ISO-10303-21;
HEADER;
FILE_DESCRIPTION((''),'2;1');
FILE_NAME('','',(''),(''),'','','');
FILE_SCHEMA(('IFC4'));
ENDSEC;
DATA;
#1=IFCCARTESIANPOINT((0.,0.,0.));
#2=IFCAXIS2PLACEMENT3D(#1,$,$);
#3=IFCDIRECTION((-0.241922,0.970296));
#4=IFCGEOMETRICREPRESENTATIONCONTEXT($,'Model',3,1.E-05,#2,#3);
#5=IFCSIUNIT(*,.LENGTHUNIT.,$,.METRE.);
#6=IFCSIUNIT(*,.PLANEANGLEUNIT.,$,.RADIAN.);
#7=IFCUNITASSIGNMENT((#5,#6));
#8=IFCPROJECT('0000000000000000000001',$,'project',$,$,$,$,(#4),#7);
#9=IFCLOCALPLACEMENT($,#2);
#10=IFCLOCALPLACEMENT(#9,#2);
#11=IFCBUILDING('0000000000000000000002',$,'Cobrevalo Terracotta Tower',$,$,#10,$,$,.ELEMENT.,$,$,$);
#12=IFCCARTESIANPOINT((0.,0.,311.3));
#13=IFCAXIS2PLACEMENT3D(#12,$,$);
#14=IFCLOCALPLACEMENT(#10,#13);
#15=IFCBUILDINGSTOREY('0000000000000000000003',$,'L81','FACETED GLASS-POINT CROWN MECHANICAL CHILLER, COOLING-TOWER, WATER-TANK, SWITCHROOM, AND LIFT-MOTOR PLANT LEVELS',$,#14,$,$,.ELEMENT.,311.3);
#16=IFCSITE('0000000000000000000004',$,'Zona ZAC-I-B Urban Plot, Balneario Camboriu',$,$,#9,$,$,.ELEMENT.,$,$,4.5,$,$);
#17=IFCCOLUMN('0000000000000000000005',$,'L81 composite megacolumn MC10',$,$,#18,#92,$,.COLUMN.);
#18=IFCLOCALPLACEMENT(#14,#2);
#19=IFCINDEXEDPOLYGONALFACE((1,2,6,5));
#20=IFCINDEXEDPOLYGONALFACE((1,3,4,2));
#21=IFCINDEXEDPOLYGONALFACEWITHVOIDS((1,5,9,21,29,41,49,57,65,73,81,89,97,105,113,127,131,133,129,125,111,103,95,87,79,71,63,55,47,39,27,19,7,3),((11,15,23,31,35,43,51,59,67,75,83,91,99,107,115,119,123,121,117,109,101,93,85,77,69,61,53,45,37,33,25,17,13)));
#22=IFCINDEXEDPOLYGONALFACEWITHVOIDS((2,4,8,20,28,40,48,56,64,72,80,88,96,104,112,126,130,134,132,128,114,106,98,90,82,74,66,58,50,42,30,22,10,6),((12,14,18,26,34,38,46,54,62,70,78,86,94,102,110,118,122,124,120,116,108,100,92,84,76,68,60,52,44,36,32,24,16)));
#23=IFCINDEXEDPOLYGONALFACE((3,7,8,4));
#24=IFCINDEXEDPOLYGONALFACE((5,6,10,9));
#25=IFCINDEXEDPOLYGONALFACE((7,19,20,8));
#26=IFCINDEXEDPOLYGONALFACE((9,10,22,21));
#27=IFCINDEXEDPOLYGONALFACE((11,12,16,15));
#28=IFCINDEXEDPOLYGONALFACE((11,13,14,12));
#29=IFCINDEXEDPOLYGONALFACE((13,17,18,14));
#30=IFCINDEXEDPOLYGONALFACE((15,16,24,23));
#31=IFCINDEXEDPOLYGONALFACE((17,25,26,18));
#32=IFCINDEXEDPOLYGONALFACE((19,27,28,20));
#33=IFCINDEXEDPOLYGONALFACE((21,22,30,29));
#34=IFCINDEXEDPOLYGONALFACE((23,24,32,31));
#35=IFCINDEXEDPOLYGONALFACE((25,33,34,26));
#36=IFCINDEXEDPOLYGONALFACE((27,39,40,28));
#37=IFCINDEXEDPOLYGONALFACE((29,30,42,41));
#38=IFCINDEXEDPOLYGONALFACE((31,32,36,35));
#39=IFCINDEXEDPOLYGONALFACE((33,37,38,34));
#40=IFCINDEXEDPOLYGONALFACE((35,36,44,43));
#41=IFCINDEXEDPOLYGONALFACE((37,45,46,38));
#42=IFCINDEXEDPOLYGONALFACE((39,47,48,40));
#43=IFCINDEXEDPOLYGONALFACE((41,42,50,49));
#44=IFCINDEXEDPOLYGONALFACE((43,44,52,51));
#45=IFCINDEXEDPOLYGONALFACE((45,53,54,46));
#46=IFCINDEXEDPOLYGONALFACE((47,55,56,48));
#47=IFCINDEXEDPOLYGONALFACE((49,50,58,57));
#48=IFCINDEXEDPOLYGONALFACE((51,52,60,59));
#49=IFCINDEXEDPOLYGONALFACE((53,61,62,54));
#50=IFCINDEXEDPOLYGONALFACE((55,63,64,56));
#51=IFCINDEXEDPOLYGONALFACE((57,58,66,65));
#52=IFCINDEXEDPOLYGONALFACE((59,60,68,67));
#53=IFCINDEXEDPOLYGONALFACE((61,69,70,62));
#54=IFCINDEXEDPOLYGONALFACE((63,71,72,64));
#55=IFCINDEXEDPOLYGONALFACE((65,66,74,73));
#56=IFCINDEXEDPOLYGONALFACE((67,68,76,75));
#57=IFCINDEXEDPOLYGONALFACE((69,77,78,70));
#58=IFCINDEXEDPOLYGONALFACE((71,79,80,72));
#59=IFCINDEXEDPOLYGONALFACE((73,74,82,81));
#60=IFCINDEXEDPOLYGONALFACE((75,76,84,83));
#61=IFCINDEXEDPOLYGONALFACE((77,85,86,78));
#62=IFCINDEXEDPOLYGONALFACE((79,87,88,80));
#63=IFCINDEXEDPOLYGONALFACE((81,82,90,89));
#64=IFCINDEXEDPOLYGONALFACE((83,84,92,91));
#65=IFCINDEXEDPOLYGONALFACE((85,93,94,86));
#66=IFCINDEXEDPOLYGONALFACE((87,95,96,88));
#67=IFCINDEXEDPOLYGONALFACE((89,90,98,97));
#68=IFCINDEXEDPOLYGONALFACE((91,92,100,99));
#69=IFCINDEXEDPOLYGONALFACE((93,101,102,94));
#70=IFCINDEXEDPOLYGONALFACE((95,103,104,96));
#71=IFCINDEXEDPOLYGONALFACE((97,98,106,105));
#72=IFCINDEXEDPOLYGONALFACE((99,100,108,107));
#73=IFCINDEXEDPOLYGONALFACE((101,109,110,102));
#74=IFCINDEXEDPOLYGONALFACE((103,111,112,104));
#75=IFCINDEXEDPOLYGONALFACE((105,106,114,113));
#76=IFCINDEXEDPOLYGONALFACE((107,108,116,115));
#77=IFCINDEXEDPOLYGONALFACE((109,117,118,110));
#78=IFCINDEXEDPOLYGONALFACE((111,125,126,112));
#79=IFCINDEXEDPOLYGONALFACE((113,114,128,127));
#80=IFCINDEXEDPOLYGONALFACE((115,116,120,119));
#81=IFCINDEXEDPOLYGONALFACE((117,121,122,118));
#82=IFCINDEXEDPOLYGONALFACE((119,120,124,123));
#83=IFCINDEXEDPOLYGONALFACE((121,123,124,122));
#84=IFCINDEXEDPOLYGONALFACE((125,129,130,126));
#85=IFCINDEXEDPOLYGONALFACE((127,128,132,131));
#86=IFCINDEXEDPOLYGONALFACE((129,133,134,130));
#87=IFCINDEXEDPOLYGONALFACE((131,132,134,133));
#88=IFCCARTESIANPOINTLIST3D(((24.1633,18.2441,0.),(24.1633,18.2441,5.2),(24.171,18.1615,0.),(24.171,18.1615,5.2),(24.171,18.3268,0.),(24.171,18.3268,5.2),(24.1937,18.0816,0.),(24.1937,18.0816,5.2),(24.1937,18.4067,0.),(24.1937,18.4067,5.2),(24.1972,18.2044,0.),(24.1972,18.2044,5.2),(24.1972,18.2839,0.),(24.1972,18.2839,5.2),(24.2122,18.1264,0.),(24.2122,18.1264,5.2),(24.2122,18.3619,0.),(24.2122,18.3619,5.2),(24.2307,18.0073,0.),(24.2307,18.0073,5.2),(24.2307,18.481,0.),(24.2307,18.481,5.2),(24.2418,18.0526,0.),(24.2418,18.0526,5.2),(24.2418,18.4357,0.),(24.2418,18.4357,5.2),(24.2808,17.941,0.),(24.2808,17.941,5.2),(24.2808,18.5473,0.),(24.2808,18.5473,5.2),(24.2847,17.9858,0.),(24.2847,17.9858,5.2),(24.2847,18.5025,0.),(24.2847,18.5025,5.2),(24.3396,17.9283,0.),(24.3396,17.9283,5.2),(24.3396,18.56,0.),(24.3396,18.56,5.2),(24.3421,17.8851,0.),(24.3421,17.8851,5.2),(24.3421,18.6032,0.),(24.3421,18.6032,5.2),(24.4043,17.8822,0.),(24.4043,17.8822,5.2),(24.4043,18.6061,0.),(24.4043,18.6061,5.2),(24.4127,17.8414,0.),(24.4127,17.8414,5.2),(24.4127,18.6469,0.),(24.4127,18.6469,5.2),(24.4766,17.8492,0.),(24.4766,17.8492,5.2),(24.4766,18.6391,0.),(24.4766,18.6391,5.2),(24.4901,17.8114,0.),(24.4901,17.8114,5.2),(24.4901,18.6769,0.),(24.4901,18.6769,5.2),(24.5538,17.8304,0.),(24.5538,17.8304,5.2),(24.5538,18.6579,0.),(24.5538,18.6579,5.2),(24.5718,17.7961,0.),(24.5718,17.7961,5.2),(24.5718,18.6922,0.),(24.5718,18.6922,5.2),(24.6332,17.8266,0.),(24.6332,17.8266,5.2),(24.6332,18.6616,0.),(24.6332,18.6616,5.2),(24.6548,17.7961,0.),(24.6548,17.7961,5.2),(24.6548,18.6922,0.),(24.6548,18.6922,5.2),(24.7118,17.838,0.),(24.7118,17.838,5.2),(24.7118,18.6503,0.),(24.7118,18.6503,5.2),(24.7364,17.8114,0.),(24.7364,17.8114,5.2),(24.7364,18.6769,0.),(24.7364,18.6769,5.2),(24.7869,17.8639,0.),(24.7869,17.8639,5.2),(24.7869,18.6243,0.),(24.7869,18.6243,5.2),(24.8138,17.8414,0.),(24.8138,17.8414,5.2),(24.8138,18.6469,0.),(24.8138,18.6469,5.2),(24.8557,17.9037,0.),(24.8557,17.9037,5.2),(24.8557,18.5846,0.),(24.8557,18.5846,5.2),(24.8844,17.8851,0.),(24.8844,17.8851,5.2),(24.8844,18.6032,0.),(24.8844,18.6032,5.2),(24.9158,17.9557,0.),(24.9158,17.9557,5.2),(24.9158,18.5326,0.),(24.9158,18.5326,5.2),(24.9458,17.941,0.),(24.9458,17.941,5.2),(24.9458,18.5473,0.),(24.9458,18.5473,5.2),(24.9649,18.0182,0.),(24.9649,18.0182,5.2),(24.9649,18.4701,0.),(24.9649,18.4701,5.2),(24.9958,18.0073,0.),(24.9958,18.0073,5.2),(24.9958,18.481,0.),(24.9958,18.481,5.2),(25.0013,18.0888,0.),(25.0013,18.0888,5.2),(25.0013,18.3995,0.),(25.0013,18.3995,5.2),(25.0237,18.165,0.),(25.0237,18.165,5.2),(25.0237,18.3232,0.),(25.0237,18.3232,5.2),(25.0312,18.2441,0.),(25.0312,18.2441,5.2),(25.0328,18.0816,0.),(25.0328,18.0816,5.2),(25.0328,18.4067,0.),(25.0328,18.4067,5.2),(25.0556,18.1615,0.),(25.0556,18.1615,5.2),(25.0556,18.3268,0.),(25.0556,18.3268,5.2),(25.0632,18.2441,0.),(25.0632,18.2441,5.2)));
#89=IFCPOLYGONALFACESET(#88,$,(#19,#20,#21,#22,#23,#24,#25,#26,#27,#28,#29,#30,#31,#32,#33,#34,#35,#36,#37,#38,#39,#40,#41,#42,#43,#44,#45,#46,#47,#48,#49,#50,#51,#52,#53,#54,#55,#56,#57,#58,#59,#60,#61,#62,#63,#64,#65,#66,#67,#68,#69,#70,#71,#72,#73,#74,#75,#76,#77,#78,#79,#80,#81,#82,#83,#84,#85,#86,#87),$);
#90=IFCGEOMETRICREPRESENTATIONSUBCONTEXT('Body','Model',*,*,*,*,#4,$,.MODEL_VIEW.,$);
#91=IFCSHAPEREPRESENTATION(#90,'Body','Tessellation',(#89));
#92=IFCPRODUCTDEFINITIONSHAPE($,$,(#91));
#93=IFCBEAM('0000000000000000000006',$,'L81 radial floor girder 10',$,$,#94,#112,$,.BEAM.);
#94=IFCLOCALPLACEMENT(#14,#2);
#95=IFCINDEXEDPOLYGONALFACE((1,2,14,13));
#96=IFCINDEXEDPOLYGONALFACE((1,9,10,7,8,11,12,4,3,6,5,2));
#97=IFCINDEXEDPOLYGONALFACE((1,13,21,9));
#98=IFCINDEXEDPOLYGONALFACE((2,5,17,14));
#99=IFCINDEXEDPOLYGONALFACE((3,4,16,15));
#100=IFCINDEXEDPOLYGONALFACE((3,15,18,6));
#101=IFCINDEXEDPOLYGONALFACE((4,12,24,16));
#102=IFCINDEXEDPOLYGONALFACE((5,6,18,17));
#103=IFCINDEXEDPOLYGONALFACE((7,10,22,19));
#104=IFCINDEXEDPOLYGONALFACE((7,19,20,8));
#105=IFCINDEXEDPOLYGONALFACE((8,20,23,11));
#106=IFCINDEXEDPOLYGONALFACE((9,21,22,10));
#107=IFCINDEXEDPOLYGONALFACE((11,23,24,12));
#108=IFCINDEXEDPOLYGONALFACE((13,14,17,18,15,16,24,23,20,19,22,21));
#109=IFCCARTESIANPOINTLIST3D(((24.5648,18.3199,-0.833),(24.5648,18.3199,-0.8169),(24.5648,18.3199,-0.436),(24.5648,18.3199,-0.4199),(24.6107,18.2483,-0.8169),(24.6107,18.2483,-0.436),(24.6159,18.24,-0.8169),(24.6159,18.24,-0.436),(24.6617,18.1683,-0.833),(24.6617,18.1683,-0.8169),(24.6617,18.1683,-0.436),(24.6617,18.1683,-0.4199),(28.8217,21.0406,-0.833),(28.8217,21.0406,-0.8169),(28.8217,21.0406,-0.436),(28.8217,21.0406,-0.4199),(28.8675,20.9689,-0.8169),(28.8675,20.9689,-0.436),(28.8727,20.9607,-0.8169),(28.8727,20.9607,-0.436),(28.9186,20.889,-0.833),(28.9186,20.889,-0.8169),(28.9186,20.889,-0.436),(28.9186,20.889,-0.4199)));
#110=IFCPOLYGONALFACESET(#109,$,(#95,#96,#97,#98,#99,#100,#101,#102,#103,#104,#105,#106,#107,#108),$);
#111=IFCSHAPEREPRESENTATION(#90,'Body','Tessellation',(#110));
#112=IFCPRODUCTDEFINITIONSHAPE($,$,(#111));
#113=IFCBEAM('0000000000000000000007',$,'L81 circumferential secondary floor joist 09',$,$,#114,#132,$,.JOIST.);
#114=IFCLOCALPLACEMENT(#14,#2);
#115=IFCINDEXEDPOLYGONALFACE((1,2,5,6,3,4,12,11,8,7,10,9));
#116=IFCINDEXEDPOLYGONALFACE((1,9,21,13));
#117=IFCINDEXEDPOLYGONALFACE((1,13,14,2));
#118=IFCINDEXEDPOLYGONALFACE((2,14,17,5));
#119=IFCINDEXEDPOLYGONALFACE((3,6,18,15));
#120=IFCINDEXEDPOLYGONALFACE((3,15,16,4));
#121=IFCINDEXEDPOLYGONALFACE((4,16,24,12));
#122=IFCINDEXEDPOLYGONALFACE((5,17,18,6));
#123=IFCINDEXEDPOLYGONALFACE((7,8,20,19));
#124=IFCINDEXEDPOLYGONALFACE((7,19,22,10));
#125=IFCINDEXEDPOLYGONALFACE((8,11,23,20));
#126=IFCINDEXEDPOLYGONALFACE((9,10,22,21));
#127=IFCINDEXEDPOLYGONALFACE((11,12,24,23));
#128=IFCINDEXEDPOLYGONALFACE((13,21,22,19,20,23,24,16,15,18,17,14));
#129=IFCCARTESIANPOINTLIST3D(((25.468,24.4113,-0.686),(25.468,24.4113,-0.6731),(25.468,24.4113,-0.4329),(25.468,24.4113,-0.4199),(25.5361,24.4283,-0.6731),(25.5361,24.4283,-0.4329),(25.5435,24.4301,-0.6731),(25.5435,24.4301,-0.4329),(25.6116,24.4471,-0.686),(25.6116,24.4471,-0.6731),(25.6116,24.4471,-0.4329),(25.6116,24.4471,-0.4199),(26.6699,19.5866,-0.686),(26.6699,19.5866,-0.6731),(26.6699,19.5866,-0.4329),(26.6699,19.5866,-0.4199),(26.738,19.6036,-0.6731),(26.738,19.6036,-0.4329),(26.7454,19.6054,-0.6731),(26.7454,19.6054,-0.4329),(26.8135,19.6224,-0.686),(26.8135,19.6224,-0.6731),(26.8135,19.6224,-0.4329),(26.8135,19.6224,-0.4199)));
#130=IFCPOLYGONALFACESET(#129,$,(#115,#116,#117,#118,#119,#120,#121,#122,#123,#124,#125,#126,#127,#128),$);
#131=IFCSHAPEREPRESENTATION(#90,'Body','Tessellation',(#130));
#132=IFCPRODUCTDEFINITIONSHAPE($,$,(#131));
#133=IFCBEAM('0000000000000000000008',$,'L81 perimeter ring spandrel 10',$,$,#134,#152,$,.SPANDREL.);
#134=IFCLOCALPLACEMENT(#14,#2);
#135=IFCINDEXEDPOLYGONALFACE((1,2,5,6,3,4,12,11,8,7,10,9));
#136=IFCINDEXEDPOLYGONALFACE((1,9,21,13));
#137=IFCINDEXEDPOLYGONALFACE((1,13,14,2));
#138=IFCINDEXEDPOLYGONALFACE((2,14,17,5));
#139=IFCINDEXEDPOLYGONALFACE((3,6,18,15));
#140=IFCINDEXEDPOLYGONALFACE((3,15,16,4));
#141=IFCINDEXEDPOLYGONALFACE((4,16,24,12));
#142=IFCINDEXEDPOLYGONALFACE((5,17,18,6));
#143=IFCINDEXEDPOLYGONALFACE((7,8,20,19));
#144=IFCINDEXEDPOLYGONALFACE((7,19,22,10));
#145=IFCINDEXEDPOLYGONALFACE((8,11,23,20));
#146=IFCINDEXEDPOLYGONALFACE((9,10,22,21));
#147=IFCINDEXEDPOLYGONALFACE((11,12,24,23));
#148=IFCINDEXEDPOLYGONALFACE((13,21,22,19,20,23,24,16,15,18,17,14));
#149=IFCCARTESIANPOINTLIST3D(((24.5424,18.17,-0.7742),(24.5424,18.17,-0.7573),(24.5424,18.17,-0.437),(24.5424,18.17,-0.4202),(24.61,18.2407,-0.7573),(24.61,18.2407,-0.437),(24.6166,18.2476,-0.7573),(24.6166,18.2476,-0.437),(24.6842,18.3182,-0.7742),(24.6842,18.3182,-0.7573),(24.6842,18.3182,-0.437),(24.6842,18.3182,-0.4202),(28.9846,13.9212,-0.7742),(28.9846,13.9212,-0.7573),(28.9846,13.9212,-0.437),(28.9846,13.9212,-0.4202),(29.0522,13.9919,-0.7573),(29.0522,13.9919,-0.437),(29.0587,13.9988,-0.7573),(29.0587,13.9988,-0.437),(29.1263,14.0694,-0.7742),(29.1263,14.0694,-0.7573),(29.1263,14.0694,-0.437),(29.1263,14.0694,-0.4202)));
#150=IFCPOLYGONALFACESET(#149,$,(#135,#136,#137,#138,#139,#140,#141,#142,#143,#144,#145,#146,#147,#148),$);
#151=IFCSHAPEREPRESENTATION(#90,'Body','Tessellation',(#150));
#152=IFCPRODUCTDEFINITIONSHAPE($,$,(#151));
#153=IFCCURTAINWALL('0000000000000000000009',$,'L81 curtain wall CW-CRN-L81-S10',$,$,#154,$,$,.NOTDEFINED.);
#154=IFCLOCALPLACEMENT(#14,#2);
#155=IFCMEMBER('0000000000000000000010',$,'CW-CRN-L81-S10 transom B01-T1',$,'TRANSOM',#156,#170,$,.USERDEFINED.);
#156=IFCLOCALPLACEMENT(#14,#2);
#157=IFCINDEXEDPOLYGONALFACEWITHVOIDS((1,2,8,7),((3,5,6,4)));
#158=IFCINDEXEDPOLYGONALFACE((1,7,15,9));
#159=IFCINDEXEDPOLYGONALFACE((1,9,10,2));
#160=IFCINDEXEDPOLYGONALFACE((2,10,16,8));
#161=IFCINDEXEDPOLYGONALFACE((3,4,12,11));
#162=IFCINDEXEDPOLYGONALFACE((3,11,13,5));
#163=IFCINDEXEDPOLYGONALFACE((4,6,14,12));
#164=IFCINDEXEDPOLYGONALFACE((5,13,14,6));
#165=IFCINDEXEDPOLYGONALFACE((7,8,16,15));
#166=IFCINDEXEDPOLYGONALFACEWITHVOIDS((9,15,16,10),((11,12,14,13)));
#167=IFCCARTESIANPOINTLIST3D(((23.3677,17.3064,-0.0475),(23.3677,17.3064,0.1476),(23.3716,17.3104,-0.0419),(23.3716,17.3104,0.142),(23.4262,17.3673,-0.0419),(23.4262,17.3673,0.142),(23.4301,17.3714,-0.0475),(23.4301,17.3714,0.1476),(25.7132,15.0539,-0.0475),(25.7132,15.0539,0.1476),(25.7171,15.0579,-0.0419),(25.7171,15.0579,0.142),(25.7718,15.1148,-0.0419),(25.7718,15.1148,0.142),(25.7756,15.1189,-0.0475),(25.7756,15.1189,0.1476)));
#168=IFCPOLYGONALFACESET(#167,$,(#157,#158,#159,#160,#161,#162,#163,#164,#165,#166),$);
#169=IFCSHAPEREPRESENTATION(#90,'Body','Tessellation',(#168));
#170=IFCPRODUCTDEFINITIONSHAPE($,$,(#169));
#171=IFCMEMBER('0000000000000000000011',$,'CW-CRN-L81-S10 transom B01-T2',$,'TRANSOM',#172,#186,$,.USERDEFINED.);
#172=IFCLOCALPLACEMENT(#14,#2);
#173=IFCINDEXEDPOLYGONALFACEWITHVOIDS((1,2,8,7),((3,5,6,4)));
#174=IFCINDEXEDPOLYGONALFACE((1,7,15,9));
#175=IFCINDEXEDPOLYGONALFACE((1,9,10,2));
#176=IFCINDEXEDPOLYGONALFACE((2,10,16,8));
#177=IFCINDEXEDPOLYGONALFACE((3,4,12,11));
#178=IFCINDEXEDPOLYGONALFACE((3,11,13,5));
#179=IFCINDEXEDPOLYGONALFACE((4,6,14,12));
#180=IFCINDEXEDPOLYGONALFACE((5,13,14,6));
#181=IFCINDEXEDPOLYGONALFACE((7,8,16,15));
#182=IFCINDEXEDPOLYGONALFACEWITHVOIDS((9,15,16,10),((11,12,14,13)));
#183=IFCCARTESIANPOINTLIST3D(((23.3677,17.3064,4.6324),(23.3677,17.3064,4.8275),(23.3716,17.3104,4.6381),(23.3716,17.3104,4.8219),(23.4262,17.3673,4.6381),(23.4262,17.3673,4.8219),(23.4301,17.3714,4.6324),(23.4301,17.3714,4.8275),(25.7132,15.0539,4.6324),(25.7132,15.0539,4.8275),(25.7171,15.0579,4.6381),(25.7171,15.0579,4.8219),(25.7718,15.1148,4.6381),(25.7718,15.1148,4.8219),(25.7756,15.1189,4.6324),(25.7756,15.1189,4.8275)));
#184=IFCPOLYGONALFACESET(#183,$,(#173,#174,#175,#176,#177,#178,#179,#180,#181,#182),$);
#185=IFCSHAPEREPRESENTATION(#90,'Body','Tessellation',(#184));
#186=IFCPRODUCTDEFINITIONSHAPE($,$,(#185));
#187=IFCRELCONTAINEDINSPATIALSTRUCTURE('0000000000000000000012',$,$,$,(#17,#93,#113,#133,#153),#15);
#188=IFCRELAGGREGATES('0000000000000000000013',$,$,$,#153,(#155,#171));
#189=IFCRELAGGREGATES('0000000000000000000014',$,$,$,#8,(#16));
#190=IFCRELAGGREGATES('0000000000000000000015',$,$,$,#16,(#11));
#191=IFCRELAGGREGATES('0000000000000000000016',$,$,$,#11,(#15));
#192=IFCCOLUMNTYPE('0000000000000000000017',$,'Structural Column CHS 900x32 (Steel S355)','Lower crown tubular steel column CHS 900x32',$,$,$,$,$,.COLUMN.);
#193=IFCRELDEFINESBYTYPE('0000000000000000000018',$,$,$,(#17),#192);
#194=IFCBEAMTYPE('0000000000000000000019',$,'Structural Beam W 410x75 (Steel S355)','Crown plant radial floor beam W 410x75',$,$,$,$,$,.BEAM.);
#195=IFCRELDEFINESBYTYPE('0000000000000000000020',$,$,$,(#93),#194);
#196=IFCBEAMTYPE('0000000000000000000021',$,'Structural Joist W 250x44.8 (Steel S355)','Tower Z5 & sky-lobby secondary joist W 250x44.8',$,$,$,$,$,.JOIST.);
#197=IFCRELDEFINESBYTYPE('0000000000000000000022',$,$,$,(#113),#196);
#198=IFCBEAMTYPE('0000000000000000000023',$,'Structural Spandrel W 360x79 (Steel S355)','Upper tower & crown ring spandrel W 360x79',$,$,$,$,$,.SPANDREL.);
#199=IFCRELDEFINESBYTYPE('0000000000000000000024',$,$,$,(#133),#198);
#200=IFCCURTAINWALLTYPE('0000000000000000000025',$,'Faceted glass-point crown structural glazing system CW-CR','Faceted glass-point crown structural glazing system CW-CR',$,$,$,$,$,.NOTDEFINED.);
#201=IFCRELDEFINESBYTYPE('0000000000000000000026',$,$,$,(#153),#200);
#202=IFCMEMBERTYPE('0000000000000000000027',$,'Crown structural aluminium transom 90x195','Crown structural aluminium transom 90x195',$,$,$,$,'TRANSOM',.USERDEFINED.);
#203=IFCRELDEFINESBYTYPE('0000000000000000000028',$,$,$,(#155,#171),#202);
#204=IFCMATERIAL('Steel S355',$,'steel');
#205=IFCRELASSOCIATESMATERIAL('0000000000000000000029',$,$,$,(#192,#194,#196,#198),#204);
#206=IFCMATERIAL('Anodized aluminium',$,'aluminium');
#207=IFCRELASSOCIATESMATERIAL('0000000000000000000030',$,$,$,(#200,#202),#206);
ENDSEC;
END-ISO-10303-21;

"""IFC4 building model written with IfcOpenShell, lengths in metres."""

from ifc_helpers import new_model, si_unit, direction, frame, origin, origin_2d, place, context, subcontext, project, spatial, hollow_rectangle, hollow_circle, i_section, extrude, source, transform, mapped, material, material_profile, profile_set, type_object, element, aggregate, save


model = new_model("IFC4")

# Units and contexts
model_context = context("Model", 3, precision=1e-05, world=origin(), true_north=direction((-0.241922, 0.970296)))
body_context = subcontext(model_context, "Body", "Model", "MODEL_VIEW")
ifc_project = project(units=[si_unit("LENGTHUNIT", "METRE"), si_unit("PLANEANGLEUNIT", "RADIAN")], contexts=[model_context])

# Site, building, storey
site_placement = place(None, origin())
site = spatial("IfcSite", under=ifc_project, at=site_placement, Name="Zona ZAC-I-B Urban Plot, Balneario Camboriu", CompositionType="ELEMENT", RefElevation=4.5)
building_placement = place(site_placement, origin())
building = spatial("IfcBuilding", under=site, at=building_placement, Name="Cobrevalo Terracotta Tower", CompositionType="ELEMENT")
storey_placement = place(building_placement, frame((0.0, 0.0, 311.3)))
storey = spatial("IfcBuildingStorey", under=building, at=storey_placement, Name="L81", Description="FACETED GLASS-POINT CROWN MECHANICAL CHILLER, COOLING-TOWER, WATER-TANK, SWITCHROOM, AND LIFT-MOTOR PLANT LEVELS", CompositionType="ELEMENT", Elevation=311.3)

# Column
ifc_material_1 = material(Name="Steel S355", Category="steel")
ifc_material_profile_1 = material_profile(ifc_material_1, hollow_circle(Radius=0.45, WallThickness=0.032, at=origin_2d()), Name="CHS 900x32")
ifc_profile_set_1 = profile_set([ifc_material_profile_1], Name="Steel S355")
column_type = type_object("IfcColumnType", Name="Structural Column CHS 900x32 (Steel S355)", Description="Lower crown tubular steel column CHS 900x32", PredefinedType="COLUMN", material=ifc_profile_set_1)
column_placement = place(storey_placement, frame((24.6133, 18.2441, 0.0), z_axis=(0.0, 0.0, 1.0), x_axis=(1.0, 0.0, 0.0)))
element("IfcColumn", 1, at=column_placement, inside=storey, type_object=column_type, Name="L81 composite megacolumn MC10", PredefinedType="COLUMN", context=body_context, shape_type="SweptSolid", body=[
    extrude(hollow_circle(Radius=0.45, WallThickness=0.032, at=origin_2d()), origin(), (0.0, 0.0, 1.0), 5.2),
])

# Beams
ifc_material_profile_2 = material_profile(ifc_material_1, i_section(OverallWidth=0.1799, OverallDepth=0.4131, WebThickness=0.0098, FlangeThickness=0.0161, at=origin_2d()), Name="W 410x75")
ifc_profile_set_2 = profile_set([ifc_material_profile_2], Name="Steel S355")
beam_type_1 = type_object("IfcBeamType", Name="Structural Beam W 410x75 (Steel S355)", Description="Crown plant radial floor beam W 410x75", PredefinedType="BEAM", material=ifc_profile_set_2)
beam_1_placement = place(storey_placement, frame((24.6133, 18.2441, -0.6265), z_axis=(0.842601, 0.538538, 0.0), x_axis=(-0.538538, 0.842601, 0.0)))
element("IfcBeam", 2, at=beam_1_placement, inside=storey, type_object=beam_type_1, Name="L81 radial floor girder 10", PredefinedType="BEAM", context=body_context, shape_type="SweptSolid", body=[
    extrude(i_section(OverallWidth=0.1799, OverallDepth=0.4131, WebThickness=0.0098, FlangeThickness=0.0161, at=origin_2d()), origin(), (0.0, 0.0, 1.0), 5.052),
])
ifc_material_profile_3 = material_profile(ifc_material_1, i_section(OverallWidth=0.1479, OverallDepth=0.2661, WebThickness=0.0076, FlangeThickness=0.0129, at=origin_2d()), Name="W 250x44.8")
ifc_profile_set_3 = profile_set([ifc_material_profile_3], Name="Steel S355")
beam_type_2 = type_object("IfcBeamType", Name="Structural Joist W 250x44.8 (Steel S355)", Description="Tower Z5 & sky-lobby secondary joist W 250x44.8", PredefinedType="JOIST", material=ifc_profile_set_3)
beam_2_placement = place(storey_placement, frame((25.5398, 24.4292, -0.553), z_axis=(0.241727, -0.970344, 0.0), x_axis=(0.970344, 0.241727, 0.0)))
element("IfcBeam", 3, at=beam_2_placement, inside=storey, type_object=beam_type_2, Name="L81 circumferential secondary floor joist 09", PredefinedType="JOIST", context=body_context, shape_type="SweptSolid", body=[
    extrude(i_section(OverallWidth=0.1479, OverallDepth=0.2661, WebThickness=0.0076, FlangeThickness=0.0129, at=origin_2d()), origin(), (0.0, 0.0, 1.0), 4.9722),
])
ifc_material_profile_4 = material_profile(ifc_material_1, i_section(OverallWidth=0.2051, OverallDepth=0.354, WebThickness=0.0095, FlangeThickness=0.0168, at=origin_2d()), Name="W 360x79")
ifc_profile_set_4 = profile_set([ifc_material_profile_4], Name="Steel S355")
beam_type_3 = type_object("IfcBeamType", Name="Structural Spandrel W 360x79 (Steel S355)", Description="Upper tower & crown ring spandrel W 360x79", PredefinedType="SPANDREL", material=ifc_profile_set_4)
beam_3_placement = place(storey_placement, frame((24.6133, 18.2441, -0.5972), z_axis=(0.72266, -0.691204, 0.0), x_axis=(0.691204, 0.72266, 0.0)))
element("IfcBeam", 4, at=beam_3_placement, inside=storey, type_object=beam_type_3, Name="L81 perimeter ring spandrel 10", PredefinedType="SPANDREL", context=body_context, shape_type="SweptSolid", body=[
    extrude(i_section(OverallWidth=0.2051, OverallDepth=0.354, WebThickness=0.0095, FlangeThickness=0.0168, at=origin_2d()), origin(), (0.0, 0.0, 1.0), 6.147),
])

# Curtain wall, members
ifc_material_2 = material(Name="Anodized aluminium", Category="aluminium")
curtain_wall_type = type_object("IfcCurtainWallType", Name="Faceted glass-point crown structural glazing system CW-CR", Description="Faceted glass-point crown structural glazing system CW-CR", PredefinedType="NOTDEFINED", material=ifc_material_2)
curtain_wall_1_placement = place(storey_placement, origin())
curtain_wall_1 = element("IfcCurtainWall", 5, at=curtain_wall_1_placement, inside=storey, type_object=curtain_wall_type, Name="L81 curtain wall CW-CRN-L81-S10", PredefinedType="NOTDEFINED")
ifc_material_profile_5 = material_profile(ifc_material_2, hollow_rectangle(XDim=0.0901, YDim=0.1951, WallThickness=0.0056, at=origin_2d()), Name="CWT 90x195")
ifc_profile_set_5 = profile_set([ifc_material_profile_5], Name="Anodized aluminium")
member_type_1 = type_object("IfcMemberType", Name="Crown structural aluminium transom 90x195", Description="Crown structural aluminium transom 90x195", ElementType="TRANSOM", PredefinedType="USERDEFINED", material=ifc_profile_set_5)
shared_shape_1 = source(origin(), body_context, "Body", "SweptSolid", [
    extrude(hollow_rectangle(XDim=0.0901, YDim=0.1951, WallThickness=0.0056, at=origin_2d()), origin(), (0.0, 0.0, 1.0), 3.252),
])
member_1_placement = place(storey_placement, frame((23.3989, 17.3389, 0.05), z_axis=(0.721264, -0.69266, 0.0), x_axis=(0.69266, 0.721264, 0.0)))
member_1 = element("IfcMember", 6, at=member_1_placement, type_object=member_type_1, Name="CW-CRN-L81-S10 transom B01-T1", ObjectType="TRANSOM", PredefinedType="USERDEFINED", context=body_context, shape_type="MappedRepresentation", body=[
    mapped(shared_shape_1, transform((0.0, 0.0, 0.0), scale=1.0)),
])
member_2_placement = place(storey_placement, frame((23.3989, 17.3389, 4.73), z_axis=(0.721264, -0.69266, 0.0), x_axis=(0.69266, 0.721264, 0.0)))
member_2 = element("IfcMember", 7, at=member_2_placement, type_object=member_type_1, Name="CW-CRN-L81-S10 transom B01-T2", ObjectType="TRANSOM", PredefinedType="USERDEFINED", context=body_context, shape_type="MappedRepresentation", body=[
    mapped(shared_shape_1, transform((0.0, 0.0, 0.0), scale=1.0)),
])

aggregate(curtain_wall_1, [member_1, member_2])

save(model, "model.ifc")
